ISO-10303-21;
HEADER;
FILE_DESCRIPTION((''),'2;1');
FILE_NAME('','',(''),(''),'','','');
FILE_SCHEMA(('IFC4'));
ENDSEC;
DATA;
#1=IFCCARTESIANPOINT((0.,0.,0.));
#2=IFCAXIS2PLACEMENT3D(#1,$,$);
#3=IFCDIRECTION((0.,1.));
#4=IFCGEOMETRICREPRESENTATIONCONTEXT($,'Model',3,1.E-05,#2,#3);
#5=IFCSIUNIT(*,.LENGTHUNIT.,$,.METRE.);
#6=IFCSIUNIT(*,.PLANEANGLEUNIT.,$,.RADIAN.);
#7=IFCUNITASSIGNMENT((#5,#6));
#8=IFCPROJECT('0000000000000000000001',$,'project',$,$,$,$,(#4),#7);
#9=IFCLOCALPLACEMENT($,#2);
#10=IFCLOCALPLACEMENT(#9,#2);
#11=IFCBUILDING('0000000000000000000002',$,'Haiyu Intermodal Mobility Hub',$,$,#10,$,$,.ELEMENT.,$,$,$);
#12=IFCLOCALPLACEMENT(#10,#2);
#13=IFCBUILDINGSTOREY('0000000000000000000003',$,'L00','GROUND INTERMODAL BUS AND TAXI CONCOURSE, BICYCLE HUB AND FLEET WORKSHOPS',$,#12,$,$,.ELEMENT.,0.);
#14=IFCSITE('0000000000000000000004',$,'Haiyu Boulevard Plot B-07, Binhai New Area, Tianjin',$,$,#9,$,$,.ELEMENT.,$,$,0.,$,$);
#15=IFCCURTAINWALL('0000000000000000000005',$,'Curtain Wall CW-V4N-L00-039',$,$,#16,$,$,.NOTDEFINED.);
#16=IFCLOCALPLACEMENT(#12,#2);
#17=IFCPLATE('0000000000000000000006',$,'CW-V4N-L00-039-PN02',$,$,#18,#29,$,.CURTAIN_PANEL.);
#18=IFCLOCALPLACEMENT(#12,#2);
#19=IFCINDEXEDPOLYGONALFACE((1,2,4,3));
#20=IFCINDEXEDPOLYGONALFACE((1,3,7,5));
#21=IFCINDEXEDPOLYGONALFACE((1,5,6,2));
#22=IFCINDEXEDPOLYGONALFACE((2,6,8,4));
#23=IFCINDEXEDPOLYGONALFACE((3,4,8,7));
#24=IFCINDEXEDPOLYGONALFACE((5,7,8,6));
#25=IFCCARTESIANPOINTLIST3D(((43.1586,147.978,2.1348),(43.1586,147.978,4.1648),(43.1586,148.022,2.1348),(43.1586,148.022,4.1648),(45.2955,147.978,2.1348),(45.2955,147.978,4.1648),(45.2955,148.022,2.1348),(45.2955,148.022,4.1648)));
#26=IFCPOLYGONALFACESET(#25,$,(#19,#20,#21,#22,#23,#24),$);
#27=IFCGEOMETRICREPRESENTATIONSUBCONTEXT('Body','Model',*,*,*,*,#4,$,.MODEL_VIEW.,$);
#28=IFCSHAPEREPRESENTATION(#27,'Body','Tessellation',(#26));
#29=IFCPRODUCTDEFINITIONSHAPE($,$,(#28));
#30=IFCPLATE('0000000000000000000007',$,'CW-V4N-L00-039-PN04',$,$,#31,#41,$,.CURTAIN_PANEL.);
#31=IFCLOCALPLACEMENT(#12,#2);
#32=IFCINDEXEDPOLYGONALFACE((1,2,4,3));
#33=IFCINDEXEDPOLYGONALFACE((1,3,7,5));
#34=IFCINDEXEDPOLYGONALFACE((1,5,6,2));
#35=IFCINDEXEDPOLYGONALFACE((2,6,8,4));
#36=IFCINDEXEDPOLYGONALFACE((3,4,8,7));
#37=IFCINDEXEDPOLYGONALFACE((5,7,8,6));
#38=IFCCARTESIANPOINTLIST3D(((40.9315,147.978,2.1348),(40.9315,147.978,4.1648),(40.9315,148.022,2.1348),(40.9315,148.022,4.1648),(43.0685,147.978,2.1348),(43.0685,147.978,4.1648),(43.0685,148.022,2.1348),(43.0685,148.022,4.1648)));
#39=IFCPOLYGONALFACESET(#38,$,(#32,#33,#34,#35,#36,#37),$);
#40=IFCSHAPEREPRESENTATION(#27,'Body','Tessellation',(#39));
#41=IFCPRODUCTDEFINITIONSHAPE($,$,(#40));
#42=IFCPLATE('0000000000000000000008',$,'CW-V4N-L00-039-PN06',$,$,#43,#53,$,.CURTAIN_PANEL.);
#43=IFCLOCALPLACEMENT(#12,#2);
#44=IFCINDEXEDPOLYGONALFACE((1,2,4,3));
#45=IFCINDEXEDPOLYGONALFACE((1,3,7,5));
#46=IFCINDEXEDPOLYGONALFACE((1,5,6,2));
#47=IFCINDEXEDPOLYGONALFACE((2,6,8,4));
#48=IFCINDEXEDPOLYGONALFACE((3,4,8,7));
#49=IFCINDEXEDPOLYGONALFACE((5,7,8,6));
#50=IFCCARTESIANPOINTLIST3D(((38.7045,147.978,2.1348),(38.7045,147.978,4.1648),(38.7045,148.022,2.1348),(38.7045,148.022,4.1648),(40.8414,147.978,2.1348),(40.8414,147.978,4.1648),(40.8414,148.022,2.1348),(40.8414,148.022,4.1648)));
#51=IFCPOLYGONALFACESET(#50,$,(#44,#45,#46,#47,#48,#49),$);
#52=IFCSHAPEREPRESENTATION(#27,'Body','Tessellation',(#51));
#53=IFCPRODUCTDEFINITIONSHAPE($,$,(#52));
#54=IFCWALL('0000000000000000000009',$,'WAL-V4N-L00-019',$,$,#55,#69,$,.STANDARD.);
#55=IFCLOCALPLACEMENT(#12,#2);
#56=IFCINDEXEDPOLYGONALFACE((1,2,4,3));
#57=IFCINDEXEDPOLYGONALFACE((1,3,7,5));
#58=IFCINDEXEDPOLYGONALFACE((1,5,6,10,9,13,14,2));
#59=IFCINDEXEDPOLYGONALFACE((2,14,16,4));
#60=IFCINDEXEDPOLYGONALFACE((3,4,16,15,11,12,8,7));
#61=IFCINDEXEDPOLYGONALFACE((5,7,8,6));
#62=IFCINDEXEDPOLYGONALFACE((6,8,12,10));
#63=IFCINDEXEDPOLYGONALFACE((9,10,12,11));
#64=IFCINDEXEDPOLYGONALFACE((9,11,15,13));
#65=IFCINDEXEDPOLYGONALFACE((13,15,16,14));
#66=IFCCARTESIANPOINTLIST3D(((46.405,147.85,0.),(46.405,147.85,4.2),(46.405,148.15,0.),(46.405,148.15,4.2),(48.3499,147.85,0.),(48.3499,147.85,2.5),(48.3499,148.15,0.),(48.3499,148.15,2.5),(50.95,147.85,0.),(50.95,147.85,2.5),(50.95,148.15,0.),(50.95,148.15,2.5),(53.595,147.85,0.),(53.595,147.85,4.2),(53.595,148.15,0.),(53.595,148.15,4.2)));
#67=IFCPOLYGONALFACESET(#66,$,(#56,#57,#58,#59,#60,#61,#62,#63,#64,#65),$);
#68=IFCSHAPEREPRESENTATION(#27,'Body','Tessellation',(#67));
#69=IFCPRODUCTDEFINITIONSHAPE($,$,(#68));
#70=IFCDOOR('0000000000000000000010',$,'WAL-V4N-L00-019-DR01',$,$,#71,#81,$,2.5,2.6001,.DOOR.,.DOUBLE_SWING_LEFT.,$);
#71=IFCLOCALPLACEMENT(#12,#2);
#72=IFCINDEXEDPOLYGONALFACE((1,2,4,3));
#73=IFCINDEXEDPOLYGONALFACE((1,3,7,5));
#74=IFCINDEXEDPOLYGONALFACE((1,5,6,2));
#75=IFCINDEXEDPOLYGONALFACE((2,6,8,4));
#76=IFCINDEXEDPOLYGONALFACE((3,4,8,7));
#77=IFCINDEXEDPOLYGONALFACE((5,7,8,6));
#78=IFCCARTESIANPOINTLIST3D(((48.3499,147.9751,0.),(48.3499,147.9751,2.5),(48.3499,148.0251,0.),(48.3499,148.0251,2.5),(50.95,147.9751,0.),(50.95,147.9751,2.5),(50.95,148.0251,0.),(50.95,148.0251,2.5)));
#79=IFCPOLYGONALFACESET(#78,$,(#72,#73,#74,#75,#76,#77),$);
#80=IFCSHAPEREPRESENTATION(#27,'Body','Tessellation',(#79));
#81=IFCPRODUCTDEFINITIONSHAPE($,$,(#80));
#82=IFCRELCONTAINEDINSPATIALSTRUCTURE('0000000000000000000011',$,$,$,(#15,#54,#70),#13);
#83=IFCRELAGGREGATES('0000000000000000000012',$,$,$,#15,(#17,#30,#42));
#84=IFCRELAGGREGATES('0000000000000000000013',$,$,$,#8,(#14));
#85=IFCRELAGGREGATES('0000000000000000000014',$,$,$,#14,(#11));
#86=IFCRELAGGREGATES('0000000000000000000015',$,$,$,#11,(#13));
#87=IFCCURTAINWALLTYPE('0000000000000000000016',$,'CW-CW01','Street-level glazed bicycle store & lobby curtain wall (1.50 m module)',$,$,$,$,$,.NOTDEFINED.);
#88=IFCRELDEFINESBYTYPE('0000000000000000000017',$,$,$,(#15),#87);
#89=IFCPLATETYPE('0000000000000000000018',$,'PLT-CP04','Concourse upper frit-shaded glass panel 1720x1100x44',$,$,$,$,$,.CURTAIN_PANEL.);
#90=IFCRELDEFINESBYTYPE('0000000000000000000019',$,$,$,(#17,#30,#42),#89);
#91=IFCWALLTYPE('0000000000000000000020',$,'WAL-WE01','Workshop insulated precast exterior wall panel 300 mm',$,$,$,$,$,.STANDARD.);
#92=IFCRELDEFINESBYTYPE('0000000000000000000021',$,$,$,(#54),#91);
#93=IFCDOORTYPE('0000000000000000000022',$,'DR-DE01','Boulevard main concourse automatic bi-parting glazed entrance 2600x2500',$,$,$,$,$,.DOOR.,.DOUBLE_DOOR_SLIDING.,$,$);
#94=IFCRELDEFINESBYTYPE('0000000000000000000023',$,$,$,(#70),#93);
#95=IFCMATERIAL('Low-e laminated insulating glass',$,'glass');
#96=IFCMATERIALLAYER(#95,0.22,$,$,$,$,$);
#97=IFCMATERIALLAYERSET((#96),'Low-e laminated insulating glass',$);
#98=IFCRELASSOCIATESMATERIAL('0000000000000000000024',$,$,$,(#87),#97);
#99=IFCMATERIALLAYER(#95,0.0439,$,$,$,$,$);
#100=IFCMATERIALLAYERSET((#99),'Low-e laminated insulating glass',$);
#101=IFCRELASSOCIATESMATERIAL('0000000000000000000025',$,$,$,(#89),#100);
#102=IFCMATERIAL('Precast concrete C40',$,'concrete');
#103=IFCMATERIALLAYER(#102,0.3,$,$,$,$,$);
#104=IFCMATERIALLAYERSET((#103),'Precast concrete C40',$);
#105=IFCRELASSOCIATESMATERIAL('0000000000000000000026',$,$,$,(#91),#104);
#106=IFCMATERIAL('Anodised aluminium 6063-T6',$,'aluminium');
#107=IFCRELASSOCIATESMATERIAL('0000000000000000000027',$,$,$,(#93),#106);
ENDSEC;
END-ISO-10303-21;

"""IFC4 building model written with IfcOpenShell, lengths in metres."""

from ifc_helpers import new_model, si_unit, direction, frame, frame_2d, origin, origin_2d, place, context, subcontext, project, spatial, rectangle, extrude, material, layer, layer_set, type_object, element, fill, aggregate, save


model = new_model("IFC4")

# Units and contexts
model_context = context("Model", 3, precision=1e-05, world=origin(), true_north=direction((0.0, 1.0)))
body_context = subcontext(model_context, "Body", "Model", "MODEL_VIEW")
ifc_project = project(units=[si_unit("LENGTHUNIT", "METRE"), si_unit("PLANEANGLEUNIT", "RADIAN")], contexts=[model_context])

# Site, building, storey
site_placement = place(None, origin())
site = spatial("IfcSite", under=ifc_project, at=site_placement, Name="Haiyu Boulevard Plot B-07, Binhai New Area, Tianjin", CompositionType="ELEMENT", RefElevation=0.0)
building_placement = place(site_placement, origin())
building = spatial("IfcBuilding", under=site, at=building_placement, Name="Haiyu Intermodal Mobility Hub", CompositionType="ELEMENT")
storey_placement = place(building_placement, origin())
storey = spatial("IfcBuildingStorey", under=building, at=storey_placement, Name="L00", Description="GROUND INTERMODAL BUS AND TAXI CONCOURSE, BICYCLE HUB AND FLEET WORKSHOPS", CompositionType="ELEMENT", Elevation=0.0)

# Shared definitions
ifc_material_1 = material(Name="Precast concrete C40", Category="concrete")

# Curtain wall, plates
ifc_material_2 = material(Name="Low-e laminated insulating glass", Category="glass")
ifc_layer_1 = layer(ifc_material_2, 0.22)
ifc_layer_set_1 = layer_set([ifc_layer_1], Name="Low-e laminated insulating glass")
curtain_wall_type = type_object("IfcCurtainWallType", Name="CW-CW01", Description="Street-level glazed bicycle store & lobby curtain wall (1.50 m module)", PredefinedType="NOTDEFINED", material=ifc_layer_set_1)
curtain_wall_placement = place(storey_placement, origin())
curtain_wall = element("IfcCurtainWall", 1, at=curtain_wall_placement, inside=storey, type_object=curtain_wall_type, Name="Curtain Wall CW-V4N-L00-039", PredefinedType="NOTDEFINED")
ifc_material_3 = material(Name="Anodised aluminium 6063-T6", Category="aluminium")
ifc_layer_2 = layer(ifc_material_2, 0.0439)
ifc_layer_set_2 = layer_set([ifc_layer_2], Name="Low-e laminated insulating glass")
plate_type_1 = type_object("IfcPlateType", Name="PLT-CP04", Description="Concourse upper frit-shaded glass panel 1720x1100x44", PredefinedType="CURTAIN_PANEL", material=ifc_layer_set_2)
plate_1_placement = place(storey_placement, frame((44.2271, 148.0, 2.1348), z_axis=(0.0, 0.0, 1.0), x_axis=(-1.0, 0.0, 0.0)))
plate_1 = element("IfcPlate", 2, at=plate_1_placement, type_object=plate_type_1, Name="CW-V4N-L00-039-PN02", PredefinedType="CURTAIN_PANEL", context=body_context, shape_type="SweptSolid", body=[
    extrude(rectangle(XDim=2.137, YDim=0.0439, at=origin_2d()), origin(), (0.0, 0.0, 1.0), 2.03),
])
plate_2_placement = place(storey_placement, frame((42.0, 148.0, 2.1348), z_axis=(0.0, 0.0, 1.0), x_axis=(-1.0, 0.0, 0.0)))
plate_2 = element("IfcPlate", 3, at=plate_2_placement, type_object=plate_type_1, Name="CW-V4N-L00-039-PN04", PredefinedType="CURTAIN_PANEL", context=body_context, shape_type="SweptSolid", body=[
    extrude(rectangle(XDim=2.137, YDim=0.0439, at=origin_2d()), origin(), (0.0, 0.0, 1.0), 2.03),
])
plate_3_placement = place(storey_placement, frame((39.7729, 148.0, 2.1348), z_axis=(0.0, 0.0, 1.0), x_axis=(-1.0, 0.0, 0.0)))
plate_3 = element("IfcPlate", 4, at=plate_3_placement, type_object=plate_type_1, Name="CW-V4N-L00-039-PN06", PredefinedType="CURTAIN_PANEL", context=body_context, shape_type="SweptSolid", body=[
    extrude(rectangle(XDim=2.137, YDim=0.0439, at=origin_2d()), origin(), (0.0, 0.0, 1.0), 2.03),
])
aggregate(curtain_wall, [plate_1, plate_2, plate_3])

# Wall, opening, door
ifc_layer_3 = layer(ifc_material_1, 0.3)
ifc_layer_set_3 = layer_set([ifc_layer_3], Name="Precast concrete C40")
wall_type = type_object("IfcWallType", Name="WAL-WE01", Description="Workshop insulated precast exterior wall panel 300 mm", PredefinedType="STANDARD", material=ifc_layer_set_3)
wall_placement = place(storey_placement, frame((53.595, 148.0, 0.0), z_axis=(0.0, 0.0, 1.0), x_axis=(-1.0, 0.0, 0.0)))
wall = element("IfcWall", 5, at=wall_placement, inside=storey, type_object=wall_type, Name="WAL-V4N-L00-019", PredefinedType="STANDARD", context=body_context, shape_type="SweptSolid", body=[
    extrude(rectangle(XDim=7.1899, YDim=0.3, at=frame_2d((3.595, 0.0))), origin(), (0.0, 0.0, 1.0), 4.2),
])
opening_placement = place(wall_placement, frame((2.645, 0.0, 0.0)))
opening = element("IfcOpeningElement", 6, at=opening_placement, cuts=wall, PredefinedType="OPENING", context=body_context, shape_type="SweptSolid", body=[
    extrude(rectangle(XDim=2.6001, YDim=2.5, at=frame_2d((1.3, 1.25))), frame((0.0, 0.1602, 0.0), z_axis=(0.0, -1.0, 0.0), x_axis=(1.0, 0.0, 0.0)), (0.0, 0.0, 1.0), 0.3201),
])
door_type = type_object("IfcDoorType", Name="DR-DE01", Description="Boulevard main concourse automatic bi-parting glazed entrance 2600x2500", OperationType="DOUBLE_DOOR_SLIDING", PredefinedType="DOOR", material=ifc_material_3)
door_placement = place(opening_placement, origin())
door = element("IfcDoor", 7, at=door_placement, inside=storey, type_object=door_type, Name="WAL-V4N-L00-019-DR01", OperationType="DOUBLE_SWING_LEFT", OverallHeight=2.5, OverallWidth=2.6001, PredefinedType="DOOR", context=body_context, shape_type="SweptSolid", body=[
    extrude(rectangle(XDim=2.6001, YDim=2.5, at=frame_2d((1.3, 1.25))), frame((0.0, 0.0249, 0.0), z_axis=(0.0, -1.0, 0.0), x_axis=(1.0, 0.0, 0.0)), (0.0, 0.0, 1.0), 0.05),
])
fill(opening, door)

save(model, "model.ifc")
